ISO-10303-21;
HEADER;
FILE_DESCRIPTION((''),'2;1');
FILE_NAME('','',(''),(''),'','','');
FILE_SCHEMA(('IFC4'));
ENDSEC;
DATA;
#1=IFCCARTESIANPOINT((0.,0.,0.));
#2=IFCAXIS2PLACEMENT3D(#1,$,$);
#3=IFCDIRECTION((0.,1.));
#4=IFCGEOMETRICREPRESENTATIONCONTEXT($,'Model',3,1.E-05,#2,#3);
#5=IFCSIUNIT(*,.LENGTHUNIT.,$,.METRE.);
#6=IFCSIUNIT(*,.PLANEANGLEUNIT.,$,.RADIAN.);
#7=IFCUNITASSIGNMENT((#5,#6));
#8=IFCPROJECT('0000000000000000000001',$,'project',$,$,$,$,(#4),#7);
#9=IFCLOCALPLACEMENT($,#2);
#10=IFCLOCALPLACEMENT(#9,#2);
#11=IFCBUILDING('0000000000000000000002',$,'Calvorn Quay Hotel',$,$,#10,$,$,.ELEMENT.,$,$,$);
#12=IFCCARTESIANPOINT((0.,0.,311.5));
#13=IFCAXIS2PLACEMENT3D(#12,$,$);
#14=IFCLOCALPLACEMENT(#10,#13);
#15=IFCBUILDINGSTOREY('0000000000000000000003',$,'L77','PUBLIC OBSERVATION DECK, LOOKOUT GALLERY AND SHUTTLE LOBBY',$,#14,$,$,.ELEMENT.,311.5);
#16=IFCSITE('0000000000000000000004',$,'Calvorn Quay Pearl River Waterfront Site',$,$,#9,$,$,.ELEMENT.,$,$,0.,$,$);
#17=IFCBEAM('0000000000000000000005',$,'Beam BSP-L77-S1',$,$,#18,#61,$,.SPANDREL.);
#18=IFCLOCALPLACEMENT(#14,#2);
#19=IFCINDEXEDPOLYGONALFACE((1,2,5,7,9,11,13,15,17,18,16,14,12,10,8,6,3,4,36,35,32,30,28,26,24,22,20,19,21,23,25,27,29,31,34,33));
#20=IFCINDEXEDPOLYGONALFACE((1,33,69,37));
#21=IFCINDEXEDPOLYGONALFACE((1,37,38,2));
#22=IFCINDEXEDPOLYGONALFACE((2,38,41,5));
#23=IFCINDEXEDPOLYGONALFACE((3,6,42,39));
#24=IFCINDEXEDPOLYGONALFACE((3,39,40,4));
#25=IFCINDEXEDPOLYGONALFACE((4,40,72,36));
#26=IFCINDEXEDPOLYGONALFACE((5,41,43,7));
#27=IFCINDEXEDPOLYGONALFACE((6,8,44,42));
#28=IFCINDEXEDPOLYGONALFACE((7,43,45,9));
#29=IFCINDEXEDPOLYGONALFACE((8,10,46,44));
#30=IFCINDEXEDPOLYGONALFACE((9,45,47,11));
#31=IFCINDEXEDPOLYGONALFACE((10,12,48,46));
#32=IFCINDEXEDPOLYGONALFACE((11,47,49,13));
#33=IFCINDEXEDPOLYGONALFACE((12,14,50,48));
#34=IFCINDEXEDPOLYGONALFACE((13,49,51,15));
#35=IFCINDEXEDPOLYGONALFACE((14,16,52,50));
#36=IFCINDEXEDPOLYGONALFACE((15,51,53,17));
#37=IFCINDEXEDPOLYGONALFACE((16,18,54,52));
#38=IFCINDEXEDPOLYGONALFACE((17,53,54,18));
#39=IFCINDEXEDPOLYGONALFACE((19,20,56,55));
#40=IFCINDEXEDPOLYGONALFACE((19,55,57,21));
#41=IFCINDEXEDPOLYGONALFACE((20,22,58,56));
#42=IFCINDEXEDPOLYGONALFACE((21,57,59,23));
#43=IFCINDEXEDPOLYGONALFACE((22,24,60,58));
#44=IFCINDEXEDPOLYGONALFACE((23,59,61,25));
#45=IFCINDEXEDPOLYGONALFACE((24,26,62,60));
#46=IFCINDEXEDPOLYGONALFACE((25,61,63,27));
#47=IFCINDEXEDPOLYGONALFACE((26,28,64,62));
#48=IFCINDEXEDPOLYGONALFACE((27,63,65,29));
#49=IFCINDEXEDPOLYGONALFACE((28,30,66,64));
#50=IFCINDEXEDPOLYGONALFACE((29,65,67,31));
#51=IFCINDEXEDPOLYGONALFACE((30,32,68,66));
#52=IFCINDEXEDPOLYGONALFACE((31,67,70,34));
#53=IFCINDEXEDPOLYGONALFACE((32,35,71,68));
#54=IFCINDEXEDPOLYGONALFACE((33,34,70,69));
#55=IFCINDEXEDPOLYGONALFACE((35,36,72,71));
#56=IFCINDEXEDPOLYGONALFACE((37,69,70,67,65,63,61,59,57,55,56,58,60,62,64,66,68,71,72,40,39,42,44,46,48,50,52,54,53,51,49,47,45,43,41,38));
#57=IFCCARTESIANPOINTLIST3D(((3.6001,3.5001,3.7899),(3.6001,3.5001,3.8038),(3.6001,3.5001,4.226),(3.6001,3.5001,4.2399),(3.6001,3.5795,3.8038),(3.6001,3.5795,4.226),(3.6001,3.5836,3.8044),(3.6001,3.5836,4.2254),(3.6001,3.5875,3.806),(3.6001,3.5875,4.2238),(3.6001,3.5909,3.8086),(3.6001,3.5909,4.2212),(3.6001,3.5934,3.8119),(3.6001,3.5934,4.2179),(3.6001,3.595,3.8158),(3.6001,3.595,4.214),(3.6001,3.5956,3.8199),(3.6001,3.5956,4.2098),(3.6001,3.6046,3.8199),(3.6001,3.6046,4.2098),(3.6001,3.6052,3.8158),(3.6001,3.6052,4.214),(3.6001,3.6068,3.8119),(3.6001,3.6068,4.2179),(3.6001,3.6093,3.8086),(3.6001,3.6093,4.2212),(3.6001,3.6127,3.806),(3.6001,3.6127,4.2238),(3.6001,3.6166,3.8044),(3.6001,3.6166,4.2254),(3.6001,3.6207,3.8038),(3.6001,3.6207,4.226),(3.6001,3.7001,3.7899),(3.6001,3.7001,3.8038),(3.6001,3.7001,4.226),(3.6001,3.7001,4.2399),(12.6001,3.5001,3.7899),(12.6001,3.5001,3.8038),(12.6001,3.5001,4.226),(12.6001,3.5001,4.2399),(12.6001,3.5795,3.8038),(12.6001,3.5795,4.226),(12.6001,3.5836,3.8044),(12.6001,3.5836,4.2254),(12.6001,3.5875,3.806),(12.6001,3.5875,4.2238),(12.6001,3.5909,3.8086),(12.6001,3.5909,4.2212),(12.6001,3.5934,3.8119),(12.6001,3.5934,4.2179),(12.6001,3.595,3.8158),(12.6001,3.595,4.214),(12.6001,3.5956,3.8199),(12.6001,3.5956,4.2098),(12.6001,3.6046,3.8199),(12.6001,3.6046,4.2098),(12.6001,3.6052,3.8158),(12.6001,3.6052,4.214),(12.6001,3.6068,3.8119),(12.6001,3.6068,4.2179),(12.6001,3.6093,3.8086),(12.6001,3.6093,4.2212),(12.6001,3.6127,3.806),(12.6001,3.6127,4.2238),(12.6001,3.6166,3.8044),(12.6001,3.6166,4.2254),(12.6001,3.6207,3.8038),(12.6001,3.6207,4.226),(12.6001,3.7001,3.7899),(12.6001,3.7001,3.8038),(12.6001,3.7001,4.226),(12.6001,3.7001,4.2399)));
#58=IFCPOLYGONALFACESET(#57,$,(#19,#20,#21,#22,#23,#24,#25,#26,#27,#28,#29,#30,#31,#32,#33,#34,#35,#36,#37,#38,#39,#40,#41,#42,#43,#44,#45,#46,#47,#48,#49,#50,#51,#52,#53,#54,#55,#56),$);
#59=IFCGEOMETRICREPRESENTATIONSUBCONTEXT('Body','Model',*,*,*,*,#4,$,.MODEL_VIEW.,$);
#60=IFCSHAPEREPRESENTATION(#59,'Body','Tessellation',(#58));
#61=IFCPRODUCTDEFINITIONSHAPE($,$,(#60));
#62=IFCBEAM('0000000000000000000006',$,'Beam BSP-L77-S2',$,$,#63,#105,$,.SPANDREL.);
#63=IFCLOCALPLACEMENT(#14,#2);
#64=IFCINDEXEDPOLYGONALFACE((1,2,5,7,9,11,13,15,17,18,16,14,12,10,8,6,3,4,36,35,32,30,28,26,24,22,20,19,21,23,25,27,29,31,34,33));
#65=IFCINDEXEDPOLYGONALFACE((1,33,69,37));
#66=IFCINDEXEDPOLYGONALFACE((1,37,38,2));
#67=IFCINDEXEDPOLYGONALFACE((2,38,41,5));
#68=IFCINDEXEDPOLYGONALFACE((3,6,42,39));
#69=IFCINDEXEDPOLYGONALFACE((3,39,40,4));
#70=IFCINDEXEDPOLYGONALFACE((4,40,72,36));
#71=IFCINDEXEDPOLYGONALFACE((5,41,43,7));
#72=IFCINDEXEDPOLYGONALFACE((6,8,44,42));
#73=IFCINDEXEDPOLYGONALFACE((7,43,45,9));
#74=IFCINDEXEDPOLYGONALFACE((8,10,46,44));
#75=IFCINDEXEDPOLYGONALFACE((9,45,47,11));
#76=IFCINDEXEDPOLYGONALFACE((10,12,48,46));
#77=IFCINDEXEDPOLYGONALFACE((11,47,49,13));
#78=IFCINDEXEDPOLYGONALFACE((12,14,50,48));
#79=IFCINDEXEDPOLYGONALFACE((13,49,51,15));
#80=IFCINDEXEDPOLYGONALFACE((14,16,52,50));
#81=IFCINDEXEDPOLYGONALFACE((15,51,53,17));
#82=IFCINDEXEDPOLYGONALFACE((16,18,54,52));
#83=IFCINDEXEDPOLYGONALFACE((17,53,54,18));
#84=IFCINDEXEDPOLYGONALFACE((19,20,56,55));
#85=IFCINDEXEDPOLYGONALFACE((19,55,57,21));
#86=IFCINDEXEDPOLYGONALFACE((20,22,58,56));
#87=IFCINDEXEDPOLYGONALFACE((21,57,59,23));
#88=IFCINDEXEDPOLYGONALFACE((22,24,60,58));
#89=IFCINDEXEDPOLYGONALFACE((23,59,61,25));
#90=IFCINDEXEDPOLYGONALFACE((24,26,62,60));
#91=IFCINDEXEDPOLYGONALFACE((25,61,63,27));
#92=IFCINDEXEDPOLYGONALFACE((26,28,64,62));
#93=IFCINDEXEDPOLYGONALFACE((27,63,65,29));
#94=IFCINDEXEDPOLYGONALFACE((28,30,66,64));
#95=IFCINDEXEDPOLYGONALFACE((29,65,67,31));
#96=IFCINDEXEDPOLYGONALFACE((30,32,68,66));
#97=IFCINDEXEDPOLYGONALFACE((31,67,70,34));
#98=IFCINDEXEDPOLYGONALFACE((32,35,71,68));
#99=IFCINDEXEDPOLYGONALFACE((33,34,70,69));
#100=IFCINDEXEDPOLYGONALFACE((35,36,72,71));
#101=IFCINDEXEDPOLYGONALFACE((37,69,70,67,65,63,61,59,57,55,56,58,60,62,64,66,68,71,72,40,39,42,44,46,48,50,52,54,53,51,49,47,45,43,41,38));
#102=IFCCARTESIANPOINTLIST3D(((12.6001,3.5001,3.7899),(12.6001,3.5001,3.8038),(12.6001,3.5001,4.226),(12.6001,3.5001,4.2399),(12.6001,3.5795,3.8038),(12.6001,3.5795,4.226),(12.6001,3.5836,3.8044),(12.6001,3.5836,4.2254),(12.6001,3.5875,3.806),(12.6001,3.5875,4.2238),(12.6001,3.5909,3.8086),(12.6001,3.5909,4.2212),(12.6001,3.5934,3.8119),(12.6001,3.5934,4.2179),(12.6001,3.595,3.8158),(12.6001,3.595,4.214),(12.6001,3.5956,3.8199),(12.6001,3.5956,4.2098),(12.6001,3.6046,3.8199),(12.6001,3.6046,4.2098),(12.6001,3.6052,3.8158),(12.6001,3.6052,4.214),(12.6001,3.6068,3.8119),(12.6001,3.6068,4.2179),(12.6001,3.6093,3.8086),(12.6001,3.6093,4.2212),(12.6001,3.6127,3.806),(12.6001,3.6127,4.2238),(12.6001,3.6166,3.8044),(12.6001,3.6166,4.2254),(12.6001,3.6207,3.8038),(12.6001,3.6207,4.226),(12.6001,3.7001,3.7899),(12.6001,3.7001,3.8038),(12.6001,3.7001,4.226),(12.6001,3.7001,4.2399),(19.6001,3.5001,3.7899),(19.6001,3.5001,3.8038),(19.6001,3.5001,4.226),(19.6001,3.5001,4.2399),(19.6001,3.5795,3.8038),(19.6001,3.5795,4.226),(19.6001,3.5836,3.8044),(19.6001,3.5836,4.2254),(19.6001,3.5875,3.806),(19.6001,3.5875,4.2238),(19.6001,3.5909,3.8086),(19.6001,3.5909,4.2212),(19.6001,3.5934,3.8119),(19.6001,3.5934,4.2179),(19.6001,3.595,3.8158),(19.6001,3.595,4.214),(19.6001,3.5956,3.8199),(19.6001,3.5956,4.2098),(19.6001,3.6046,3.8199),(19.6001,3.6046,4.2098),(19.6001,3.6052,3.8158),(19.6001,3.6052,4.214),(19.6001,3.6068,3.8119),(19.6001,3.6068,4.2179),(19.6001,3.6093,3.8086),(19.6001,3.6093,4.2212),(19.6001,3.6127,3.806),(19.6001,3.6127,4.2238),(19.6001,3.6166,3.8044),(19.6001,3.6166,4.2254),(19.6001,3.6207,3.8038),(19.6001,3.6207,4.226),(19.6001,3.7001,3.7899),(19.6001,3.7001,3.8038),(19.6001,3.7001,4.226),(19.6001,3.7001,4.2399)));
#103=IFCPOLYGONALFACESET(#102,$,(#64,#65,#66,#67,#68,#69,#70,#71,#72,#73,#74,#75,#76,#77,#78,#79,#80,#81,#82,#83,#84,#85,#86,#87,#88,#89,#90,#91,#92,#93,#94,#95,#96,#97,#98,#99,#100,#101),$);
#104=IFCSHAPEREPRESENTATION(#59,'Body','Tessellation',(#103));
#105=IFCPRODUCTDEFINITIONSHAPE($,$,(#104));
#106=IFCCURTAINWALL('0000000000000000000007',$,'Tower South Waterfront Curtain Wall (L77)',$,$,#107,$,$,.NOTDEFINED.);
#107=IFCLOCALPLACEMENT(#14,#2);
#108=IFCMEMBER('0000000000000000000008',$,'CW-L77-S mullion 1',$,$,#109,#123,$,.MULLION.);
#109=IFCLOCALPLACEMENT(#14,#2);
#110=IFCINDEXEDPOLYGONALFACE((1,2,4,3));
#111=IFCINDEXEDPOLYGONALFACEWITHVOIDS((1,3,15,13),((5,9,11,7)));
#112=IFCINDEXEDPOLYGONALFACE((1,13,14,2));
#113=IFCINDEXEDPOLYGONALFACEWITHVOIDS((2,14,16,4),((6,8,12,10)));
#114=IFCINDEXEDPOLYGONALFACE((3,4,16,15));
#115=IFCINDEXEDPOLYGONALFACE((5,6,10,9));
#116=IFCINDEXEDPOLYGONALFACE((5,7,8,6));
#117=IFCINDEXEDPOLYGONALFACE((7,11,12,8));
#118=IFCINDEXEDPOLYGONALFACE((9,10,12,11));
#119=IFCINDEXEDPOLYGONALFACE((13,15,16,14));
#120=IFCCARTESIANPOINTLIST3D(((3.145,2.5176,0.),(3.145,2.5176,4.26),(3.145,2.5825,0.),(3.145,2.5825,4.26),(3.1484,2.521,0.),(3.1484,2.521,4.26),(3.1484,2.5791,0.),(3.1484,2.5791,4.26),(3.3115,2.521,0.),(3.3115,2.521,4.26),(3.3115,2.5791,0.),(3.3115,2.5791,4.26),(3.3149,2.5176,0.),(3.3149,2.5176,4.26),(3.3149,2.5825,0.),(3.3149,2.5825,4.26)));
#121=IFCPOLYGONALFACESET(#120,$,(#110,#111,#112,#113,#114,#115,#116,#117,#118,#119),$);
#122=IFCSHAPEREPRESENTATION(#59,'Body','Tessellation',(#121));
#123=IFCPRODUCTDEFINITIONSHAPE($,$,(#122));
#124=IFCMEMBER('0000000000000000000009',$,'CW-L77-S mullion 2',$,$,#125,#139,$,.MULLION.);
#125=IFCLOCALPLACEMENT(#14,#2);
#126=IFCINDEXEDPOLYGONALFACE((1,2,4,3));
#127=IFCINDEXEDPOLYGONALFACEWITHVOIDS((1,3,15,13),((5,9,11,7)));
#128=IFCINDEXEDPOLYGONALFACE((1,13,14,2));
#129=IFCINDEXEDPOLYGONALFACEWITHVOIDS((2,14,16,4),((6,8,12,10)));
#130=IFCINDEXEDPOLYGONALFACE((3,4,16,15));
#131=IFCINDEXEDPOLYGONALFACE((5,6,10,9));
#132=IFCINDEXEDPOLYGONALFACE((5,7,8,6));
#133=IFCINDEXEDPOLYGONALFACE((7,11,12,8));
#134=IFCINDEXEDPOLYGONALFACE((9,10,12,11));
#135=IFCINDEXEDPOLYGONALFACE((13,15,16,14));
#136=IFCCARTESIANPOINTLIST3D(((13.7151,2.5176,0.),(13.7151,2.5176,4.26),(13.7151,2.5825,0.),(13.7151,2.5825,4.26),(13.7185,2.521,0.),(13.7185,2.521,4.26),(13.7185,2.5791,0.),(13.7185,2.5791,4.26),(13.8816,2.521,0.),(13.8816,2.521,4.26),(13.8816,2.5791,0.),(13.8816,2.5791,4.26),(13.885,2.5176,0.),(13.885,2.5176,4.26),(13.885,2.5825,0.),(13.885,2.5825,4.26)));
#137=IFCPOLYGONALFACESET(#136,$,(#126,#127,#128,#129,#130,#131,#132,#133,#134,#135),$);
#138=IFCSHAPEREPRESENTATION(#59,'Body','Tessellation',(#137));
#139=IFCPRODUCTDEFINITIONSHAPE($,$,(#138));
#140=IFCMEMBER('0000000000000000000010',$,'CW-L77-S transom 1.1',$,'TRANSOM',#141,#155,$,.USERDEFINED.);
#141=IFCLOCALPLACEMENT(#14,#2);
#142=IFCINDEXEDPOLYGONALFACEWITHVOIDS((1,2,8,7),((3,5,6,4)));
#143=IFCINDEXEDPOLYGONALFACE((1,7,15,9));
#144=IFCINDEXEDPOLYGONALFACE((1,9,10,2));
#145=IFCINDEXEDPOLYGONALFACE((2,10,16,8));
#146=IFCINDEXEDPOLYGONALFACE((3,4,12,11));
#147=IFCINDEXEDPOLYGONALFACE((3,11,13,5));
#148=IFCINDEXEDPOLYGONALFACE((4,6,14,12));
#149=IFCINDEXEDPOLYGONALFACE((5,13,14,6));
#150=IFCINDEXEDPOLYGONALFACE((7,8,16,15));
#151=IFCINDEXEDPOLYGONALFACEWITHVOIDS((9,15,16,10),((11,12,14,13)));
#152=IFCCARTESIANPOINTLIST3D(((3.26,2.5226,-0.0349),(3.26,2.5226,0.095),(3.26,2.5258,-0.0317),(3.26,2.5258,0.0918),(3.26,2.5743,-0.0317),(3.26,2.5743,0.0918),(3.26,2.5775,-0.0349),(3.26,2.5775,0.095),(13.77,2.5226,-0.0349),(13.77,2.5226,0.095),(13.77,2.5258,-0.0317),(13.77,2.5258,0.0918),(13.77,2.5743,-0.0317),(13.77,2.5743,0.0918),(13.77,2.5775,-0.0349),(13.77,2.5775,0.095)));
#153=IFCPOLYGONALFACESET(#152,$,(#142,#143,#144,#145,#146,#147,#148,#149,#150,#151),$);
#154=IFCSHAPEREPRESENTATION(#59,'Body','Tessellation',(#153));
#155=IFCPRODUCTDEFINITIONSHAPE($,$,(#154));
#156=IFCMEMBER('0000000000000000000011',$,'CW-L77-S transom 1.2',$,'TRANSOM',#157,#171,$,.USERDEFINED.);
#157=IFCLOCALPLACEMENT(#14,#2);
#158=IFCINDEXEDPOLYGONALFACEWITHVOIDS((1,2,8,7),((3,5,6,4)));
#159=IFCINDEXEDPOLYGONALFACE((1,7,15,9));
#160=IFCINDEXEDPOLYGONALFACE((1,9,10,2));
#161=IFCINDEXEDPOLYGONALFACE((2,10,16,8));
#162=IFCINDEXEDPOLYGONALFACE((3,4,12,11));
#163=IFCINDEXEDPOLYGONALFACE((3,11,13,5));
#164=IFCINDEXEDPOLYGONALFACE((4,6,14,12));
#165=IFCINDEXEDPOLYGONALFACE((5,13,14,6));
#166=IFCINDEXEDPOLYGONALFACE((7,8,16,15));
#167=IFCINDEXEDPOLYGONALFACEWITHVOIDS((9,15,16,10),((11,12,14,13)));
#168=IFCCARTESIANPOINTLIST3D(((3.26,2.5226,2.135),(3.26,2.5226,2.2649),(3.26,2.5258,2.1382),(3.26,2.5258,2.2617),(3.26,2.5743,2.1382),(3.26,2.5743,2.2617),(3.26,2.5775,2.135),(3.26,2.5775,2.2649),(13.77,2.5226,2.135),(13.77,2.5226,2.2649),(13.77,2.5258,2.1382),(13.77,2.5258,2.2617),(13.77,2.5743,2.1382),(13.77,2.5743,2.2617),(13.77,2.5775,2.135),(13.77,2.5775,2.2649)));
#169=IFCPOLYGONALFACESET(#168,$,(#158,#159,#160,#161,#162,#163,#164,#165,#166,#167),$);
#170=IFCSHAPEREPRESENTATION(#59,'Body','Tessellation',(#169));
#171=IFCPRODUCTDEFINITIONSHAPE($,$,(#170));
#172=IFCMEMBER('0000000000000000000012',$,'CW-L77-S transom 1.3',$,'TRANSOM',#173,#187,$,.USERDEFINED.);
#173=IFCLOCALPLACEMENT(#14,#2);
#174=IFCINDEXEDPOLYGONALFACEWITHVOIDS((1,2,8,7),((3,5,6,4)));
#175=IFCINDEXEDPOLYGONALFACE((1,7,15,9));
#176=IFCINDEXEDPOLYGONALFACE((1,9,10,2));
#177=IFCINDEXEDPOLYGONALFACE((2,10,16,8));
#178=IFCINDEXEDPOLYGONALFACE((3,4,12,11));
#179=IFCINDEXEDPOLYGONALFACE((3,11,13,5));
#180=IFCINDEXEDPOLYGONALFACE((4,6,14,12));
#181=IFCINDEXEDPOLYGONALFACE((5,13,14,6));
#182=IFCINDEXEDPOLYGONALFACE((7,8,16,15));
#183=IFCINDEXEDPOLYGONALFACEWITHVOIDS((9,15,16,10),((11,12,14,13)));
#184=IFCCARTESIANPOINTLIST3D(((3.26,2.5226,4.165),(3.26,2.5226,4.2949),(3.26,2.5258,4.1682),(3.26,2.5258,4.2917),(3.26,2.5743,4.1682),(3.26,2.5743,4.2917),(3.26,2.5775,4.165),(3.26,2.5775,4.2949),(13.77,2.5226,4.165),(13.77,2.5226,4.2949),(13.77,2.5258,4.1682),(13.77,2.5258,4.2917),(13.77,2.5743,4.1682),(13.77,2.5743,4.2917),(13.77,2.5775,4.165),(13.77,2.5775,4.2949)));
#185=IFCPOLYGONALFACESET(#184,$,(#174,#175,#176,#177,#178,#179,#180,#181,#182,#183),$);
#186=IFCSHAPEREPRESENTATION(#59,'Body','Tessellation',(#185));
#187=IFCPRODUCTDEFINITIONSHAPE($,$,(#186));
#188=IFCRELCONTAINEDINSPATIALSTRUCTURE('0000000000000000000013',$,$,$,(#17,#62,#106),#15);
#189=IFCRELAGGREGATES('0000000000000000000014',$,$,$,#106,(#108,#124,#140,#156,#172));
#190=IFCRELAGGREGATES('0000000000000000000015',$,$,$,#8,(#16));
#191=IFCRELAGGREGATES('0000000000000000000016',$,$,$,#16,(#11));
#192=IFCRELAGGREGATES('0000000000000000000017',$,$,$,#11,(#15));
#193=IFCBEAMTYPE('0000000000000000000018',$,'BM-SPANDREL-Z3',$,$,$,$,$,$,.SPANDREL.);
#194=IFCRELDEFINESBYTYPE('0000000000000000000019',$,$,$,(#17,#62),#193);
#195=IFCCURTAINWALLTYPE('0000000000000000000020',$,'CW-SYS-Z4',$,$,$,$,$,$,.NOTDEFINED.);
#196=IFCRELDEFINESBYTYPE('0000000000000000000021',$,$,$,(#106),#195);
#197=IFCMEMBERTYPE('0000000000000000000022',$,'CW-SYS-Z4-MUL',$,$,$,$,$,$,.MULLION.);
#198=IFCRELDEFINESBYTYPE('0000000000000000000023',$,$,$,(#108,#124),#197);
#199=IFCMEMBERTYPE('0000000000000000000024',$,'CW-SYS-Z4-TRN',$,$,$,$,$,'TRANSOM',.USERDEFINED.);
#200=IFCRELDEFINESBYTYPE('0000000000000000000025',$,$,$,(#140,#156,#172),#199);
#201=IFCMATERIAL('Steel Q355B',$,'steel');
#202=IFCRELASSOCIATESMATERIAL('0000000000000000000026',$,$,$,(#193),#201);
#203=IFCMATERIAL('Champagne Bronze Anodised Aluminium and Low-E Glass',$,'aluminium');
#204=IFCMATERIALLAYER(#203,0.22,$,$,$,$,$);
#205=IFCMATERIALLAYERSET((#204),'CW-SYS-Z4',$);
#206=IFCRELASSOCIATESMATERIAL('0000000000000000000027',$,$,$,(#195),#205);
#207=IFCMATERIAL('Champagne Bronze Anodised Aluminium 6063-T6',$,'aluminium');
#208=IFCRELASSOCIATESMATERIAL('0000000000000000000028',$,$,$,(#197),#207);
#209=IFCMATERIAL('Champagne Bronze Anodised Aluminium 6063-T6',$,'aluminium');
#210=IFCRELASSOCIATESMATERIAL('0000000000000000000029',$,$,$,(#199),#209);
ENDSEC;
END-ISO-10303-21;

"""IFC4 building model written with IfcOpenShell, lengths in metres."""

from ifc_helpers import new_model, si_unit, direction, frame, origin, origin_2d, place, context, subcontext, project, spatial, hollow_rectangle, i_section, extrude, material, layer, layer_set, material_profile, profile_set, type_object, element, aggregate, save


model = new_model("IFC4")

# Units and contexts
model_context = context("Model", 3, precision=1e-05, world=origin(), true_north=direction((0.0, 1.0)))
body_context = subcontext(model_context, "Body", "Model", "MODEL_VIEW")
ifc_project = project(units=[si_unit("LENGTHUNIT", "METRE"), si_unit("PLANEANGLEUNIT", "RADIAN")], contexts=[model_context])

# Site, building, storey
site_placement = place(None, origin())
site = spatial("IfcSite", under=ifc_project, at=site_placement, Name="Calvorn Quay Pearl River Waterfront Site", CompositionType="ELEMENT", RefElevation=0.0)
building_placement = place(site_placement, origin())
building = spatial("IfcBuilding", under=site, at=building_placement, Name="Calvorn Quay Hotel", CompositionType="ELEMENT")
storey_placement = place(building_placement, frame((0.0, 0.0, 311.5)))
storey = spatial("IfcBuildingStorey", under=building, at=storey_placement, Name="L77", Description="PUBLIC OBSERVATION DECK, LOOKOUT GALLERY AND SHUTTLE LOBBY", CompositionType="ELEMENT", Elevation=311.5)

# Beams
ifc_material_1 = material(Name="Steel Q355B", Category="steel")
ifc_material_profile_1 = material_profile(ifc_material_1, i_section(OverallWidth=0.2, OverallDepth=0.45, WebThickness=0.009, FlangeThickness=0.0139, FilletRadius=0.0161, at=origin_2d()), Name="HN450x200x9x14")
ifc_profile_set_1 = profile_set([ifc_material_profile_1], Name="Steel Q355B")
beam_type_1 = type_object("IfcBeamType", Name="BM-SPANDREL-Z3", PredefinedType="SPANDREL", material=ifc_profile_set_1)
beam_1_placement = place(storey_placement, frame((3.6001, 3.6001, 4.0149), z_axis=(1.0, 0.0, 0.0), x_axis=(0.0, 1.0, 0.0)))
element("IfcBeam", 1, at=beam_1_placement, inside=storey, type_object=beam_type_1, Name="Beam BSP-L77-S1", PredefinedType="SPANDREL", context=body_context, shape_type="SweptSolid", body=[
    extrude(i_section(OverallWidth=0.2, OverallDepth=0.45, WebThickness=0.009, FlangeThickness=0.0139, FilletRadius=0.0161, at=origin_2d()), origin(), (0.0, 0.0, 1.0), 9.0),
])
beam_2_placement = place(storey_placement, frame((12.6001, 3.6001, 4.0149), z_axis=(1.0, 0.0, 0.0), x_axis=(0.0, 1.0, 0.0)))
element("IfcBeam", 2, at=beam_2_placement, inside=storey, type_object=beam_type_1, Name="Beam BSP-L77-S2", PredefinedType="SPANDREL", context=body_context, shape_type="SweptSolid", body=[
    extrude(i_section(OverallWidth=0.2, OverallDepth=0.45, WebThickness=0.009, FlangeThickness=0.0139, FilletRadius=0.0161, at=origin_2d()), origin(), (0.0, 0.0, 1.0), 7.0),
])

# Curtain wall, members
ifc_material_2 = material(Name="Champagne Bronze Anodised Aluminium and Low-E Glass", Category="aluminium")
ifc_layer_1 = layer(ifc_material_2, 0.22)
ifc_layer_set_1 = layer_set([ifc_layer_1], Name="CW-SYS-Z4")
curtain_wall_type = type_object("IfcCurtainWallType", Name="CW-SYS-Z4", PredefinedType="NOTDEFINED", material=ifc_layer_set_1)
curtain_wall_placement = place(storey_placement, origin())
curtain_wall = element("IfcCurtainWall", 3, at=curtain_wall_placement, inside=storey, type_object=curtain_wall_type, Name="Tower South Waterfront Curtain Wall (L77)", PredefinedType="NOTDEFINED")
ifc_material_3 = material(Name="Champagne Bronze Anodised Aluminium 6063-T6", Category="aluminium")
ifc_material_profile_2 = material_profile(ifc_material_3, hollow_rectangle(XDim=0.0649, YDim=0.1699, WallThickness=0.0034, at=origin_2d()), Name="ALU-M170x65x3.5")
ifc_profile_set_2 = profile_set([ifc_material_profile_2], Name="Champagne Bronze Anodised Aluminium 6063-T6")
member_type_1 = type_object("IfcMemberType", Name="CW-SYS-Z4-MUL", PredefinedType="MULLION", material=ifc_profile_set_2)
member_1_placement = place(storey_placement, frame((3.23, 2.55, 0.0), z_axis=(0.0, 0.0, 1.0), x_axis=(0.0, 1.0, 0.0)))
member_1 = element("IfcMember", 4, at=member_1_placement, type_object=member_type_1, Name="CW-L77-S mullion 1", PredefinedType="MULLION", context=body_context, shape_type="SweptSolid", body=[
    extrude(hollow_rectangle(XDim=0.0649, YDim=0.1699, WallThickness=0.0034, at=origin_2d()), origin(), (0.0, 0.0, 1.0), 4.26),
])
member_2_placement = place(storey_placement, frame((13.8, 2.55, 0.0), z_axis=(0.0, 0.0, 1.0), x_axis=(0.0, 1.0, 0.0)))
member_2 = element("IfcMember", 5, at=member_2_placement, type_object=member_type_1, Name="CW-L77-S mullion 2", PredefinedType="MULLION", context=body_context, shape_type="SweptSolid", body=[
    extrude(hollow_rectangle(XDim=0.0649, YDim=0.1699, WallThickness=0.0034, at=origin_2d()), origin(), (0.0, 0.0, 1.0), 4.26),
])
ifc_material_4 = material(Name="Champagne Bronze Anodised Aluminium 6063-T6", Category="aluminium")
ifc_material_profile_3 = material_profile(ifc_material_4, hollow_rectangle(XDim=0.0549, YDim=0.1299, WallThickness=0.0032, at=origin_2d()), Name="ALU-T130x55x3.2")
ifc_profile_set_3 = profile_set([ifc_material_profile_3], Name="Champagne Bronze Anodised Aluminium 6063-T6")
member_type_2 = type_object("IfcMemberType", Name="CW-SYS-Z4-TRN", ElementType="TRANSOM", PredefinedType="USERDEFINED", material=ifc_profile_set_3)
member_3_placement = place(storey_placement, frame((3.26, 2.55, 0.03), z_axis=(1.0, 0.0, 0.0), x_axis=(0.0, 1.0, 0.0)))
member_3 = element("IfcMember", 6, at=member_3_placement, type_object=member_type_2, Name="CW-L77-S transom 1.1", ObjectType="TRANSOM", PredefinedType="USERDEFINED", context=body_context, shape_type="SweptSolid", body=[
    extrude(hollow_rectangle(XDim=0.0549, YDim=0.1299, WallThickness=0.0032, at=origin_2d()), origin(), (0.0, 0.0, 1.0), 10.51),
])
member_4_placement = place(storey_placement, frame((3.26, 2.55, 2.2), z_axis=(1.0, 0.0, 0.0), x_axis=(0.0, 1.0, 0.0)))
member_4 = element("IfcMember", 7, at=member_4_placement, type_object=member_type_2, Name="CW-L77-S transom 1.2", ObjectType="TRANSOM", PredefinedType="USERDEFINED", context=body_context, shape_type="SweptSolid", body=[
    extrude(hollow_rectangle(XDim=0.0549, YDim=0.1299, WallThickness=0.0032, at=origin_2d()), origin(), (0.0, 0.0, 1.0), 10.51),
])
member_5_placement = place(storey_placement, frame((3.26, 2.55, 4.23), z_axis=(1.0, 0.0, 0.0), x_axis=(0.0, 1.0, 0.0)))
member_5 = element("IfcMember", 8, at=member_5_placement, type_object=member_type_2, Name="CW-L77-S transom 1.3", ObjectType="TRANSOM", PredefinedType="USERDEFINED", context=body_context, shape_type="SweptSolid", body=[
    extrude(hollow_rectangle(XDim=0.0549, YDim=0.1299, WallThickness=0.0032, at=origin_2d()), origin(), (0.0, 0.0, 1.0), 10.51),
])
aggregate(curtain_wall, [member_1, member_2, member_3, member_4, member_5])

save(model, "model.ifc")
